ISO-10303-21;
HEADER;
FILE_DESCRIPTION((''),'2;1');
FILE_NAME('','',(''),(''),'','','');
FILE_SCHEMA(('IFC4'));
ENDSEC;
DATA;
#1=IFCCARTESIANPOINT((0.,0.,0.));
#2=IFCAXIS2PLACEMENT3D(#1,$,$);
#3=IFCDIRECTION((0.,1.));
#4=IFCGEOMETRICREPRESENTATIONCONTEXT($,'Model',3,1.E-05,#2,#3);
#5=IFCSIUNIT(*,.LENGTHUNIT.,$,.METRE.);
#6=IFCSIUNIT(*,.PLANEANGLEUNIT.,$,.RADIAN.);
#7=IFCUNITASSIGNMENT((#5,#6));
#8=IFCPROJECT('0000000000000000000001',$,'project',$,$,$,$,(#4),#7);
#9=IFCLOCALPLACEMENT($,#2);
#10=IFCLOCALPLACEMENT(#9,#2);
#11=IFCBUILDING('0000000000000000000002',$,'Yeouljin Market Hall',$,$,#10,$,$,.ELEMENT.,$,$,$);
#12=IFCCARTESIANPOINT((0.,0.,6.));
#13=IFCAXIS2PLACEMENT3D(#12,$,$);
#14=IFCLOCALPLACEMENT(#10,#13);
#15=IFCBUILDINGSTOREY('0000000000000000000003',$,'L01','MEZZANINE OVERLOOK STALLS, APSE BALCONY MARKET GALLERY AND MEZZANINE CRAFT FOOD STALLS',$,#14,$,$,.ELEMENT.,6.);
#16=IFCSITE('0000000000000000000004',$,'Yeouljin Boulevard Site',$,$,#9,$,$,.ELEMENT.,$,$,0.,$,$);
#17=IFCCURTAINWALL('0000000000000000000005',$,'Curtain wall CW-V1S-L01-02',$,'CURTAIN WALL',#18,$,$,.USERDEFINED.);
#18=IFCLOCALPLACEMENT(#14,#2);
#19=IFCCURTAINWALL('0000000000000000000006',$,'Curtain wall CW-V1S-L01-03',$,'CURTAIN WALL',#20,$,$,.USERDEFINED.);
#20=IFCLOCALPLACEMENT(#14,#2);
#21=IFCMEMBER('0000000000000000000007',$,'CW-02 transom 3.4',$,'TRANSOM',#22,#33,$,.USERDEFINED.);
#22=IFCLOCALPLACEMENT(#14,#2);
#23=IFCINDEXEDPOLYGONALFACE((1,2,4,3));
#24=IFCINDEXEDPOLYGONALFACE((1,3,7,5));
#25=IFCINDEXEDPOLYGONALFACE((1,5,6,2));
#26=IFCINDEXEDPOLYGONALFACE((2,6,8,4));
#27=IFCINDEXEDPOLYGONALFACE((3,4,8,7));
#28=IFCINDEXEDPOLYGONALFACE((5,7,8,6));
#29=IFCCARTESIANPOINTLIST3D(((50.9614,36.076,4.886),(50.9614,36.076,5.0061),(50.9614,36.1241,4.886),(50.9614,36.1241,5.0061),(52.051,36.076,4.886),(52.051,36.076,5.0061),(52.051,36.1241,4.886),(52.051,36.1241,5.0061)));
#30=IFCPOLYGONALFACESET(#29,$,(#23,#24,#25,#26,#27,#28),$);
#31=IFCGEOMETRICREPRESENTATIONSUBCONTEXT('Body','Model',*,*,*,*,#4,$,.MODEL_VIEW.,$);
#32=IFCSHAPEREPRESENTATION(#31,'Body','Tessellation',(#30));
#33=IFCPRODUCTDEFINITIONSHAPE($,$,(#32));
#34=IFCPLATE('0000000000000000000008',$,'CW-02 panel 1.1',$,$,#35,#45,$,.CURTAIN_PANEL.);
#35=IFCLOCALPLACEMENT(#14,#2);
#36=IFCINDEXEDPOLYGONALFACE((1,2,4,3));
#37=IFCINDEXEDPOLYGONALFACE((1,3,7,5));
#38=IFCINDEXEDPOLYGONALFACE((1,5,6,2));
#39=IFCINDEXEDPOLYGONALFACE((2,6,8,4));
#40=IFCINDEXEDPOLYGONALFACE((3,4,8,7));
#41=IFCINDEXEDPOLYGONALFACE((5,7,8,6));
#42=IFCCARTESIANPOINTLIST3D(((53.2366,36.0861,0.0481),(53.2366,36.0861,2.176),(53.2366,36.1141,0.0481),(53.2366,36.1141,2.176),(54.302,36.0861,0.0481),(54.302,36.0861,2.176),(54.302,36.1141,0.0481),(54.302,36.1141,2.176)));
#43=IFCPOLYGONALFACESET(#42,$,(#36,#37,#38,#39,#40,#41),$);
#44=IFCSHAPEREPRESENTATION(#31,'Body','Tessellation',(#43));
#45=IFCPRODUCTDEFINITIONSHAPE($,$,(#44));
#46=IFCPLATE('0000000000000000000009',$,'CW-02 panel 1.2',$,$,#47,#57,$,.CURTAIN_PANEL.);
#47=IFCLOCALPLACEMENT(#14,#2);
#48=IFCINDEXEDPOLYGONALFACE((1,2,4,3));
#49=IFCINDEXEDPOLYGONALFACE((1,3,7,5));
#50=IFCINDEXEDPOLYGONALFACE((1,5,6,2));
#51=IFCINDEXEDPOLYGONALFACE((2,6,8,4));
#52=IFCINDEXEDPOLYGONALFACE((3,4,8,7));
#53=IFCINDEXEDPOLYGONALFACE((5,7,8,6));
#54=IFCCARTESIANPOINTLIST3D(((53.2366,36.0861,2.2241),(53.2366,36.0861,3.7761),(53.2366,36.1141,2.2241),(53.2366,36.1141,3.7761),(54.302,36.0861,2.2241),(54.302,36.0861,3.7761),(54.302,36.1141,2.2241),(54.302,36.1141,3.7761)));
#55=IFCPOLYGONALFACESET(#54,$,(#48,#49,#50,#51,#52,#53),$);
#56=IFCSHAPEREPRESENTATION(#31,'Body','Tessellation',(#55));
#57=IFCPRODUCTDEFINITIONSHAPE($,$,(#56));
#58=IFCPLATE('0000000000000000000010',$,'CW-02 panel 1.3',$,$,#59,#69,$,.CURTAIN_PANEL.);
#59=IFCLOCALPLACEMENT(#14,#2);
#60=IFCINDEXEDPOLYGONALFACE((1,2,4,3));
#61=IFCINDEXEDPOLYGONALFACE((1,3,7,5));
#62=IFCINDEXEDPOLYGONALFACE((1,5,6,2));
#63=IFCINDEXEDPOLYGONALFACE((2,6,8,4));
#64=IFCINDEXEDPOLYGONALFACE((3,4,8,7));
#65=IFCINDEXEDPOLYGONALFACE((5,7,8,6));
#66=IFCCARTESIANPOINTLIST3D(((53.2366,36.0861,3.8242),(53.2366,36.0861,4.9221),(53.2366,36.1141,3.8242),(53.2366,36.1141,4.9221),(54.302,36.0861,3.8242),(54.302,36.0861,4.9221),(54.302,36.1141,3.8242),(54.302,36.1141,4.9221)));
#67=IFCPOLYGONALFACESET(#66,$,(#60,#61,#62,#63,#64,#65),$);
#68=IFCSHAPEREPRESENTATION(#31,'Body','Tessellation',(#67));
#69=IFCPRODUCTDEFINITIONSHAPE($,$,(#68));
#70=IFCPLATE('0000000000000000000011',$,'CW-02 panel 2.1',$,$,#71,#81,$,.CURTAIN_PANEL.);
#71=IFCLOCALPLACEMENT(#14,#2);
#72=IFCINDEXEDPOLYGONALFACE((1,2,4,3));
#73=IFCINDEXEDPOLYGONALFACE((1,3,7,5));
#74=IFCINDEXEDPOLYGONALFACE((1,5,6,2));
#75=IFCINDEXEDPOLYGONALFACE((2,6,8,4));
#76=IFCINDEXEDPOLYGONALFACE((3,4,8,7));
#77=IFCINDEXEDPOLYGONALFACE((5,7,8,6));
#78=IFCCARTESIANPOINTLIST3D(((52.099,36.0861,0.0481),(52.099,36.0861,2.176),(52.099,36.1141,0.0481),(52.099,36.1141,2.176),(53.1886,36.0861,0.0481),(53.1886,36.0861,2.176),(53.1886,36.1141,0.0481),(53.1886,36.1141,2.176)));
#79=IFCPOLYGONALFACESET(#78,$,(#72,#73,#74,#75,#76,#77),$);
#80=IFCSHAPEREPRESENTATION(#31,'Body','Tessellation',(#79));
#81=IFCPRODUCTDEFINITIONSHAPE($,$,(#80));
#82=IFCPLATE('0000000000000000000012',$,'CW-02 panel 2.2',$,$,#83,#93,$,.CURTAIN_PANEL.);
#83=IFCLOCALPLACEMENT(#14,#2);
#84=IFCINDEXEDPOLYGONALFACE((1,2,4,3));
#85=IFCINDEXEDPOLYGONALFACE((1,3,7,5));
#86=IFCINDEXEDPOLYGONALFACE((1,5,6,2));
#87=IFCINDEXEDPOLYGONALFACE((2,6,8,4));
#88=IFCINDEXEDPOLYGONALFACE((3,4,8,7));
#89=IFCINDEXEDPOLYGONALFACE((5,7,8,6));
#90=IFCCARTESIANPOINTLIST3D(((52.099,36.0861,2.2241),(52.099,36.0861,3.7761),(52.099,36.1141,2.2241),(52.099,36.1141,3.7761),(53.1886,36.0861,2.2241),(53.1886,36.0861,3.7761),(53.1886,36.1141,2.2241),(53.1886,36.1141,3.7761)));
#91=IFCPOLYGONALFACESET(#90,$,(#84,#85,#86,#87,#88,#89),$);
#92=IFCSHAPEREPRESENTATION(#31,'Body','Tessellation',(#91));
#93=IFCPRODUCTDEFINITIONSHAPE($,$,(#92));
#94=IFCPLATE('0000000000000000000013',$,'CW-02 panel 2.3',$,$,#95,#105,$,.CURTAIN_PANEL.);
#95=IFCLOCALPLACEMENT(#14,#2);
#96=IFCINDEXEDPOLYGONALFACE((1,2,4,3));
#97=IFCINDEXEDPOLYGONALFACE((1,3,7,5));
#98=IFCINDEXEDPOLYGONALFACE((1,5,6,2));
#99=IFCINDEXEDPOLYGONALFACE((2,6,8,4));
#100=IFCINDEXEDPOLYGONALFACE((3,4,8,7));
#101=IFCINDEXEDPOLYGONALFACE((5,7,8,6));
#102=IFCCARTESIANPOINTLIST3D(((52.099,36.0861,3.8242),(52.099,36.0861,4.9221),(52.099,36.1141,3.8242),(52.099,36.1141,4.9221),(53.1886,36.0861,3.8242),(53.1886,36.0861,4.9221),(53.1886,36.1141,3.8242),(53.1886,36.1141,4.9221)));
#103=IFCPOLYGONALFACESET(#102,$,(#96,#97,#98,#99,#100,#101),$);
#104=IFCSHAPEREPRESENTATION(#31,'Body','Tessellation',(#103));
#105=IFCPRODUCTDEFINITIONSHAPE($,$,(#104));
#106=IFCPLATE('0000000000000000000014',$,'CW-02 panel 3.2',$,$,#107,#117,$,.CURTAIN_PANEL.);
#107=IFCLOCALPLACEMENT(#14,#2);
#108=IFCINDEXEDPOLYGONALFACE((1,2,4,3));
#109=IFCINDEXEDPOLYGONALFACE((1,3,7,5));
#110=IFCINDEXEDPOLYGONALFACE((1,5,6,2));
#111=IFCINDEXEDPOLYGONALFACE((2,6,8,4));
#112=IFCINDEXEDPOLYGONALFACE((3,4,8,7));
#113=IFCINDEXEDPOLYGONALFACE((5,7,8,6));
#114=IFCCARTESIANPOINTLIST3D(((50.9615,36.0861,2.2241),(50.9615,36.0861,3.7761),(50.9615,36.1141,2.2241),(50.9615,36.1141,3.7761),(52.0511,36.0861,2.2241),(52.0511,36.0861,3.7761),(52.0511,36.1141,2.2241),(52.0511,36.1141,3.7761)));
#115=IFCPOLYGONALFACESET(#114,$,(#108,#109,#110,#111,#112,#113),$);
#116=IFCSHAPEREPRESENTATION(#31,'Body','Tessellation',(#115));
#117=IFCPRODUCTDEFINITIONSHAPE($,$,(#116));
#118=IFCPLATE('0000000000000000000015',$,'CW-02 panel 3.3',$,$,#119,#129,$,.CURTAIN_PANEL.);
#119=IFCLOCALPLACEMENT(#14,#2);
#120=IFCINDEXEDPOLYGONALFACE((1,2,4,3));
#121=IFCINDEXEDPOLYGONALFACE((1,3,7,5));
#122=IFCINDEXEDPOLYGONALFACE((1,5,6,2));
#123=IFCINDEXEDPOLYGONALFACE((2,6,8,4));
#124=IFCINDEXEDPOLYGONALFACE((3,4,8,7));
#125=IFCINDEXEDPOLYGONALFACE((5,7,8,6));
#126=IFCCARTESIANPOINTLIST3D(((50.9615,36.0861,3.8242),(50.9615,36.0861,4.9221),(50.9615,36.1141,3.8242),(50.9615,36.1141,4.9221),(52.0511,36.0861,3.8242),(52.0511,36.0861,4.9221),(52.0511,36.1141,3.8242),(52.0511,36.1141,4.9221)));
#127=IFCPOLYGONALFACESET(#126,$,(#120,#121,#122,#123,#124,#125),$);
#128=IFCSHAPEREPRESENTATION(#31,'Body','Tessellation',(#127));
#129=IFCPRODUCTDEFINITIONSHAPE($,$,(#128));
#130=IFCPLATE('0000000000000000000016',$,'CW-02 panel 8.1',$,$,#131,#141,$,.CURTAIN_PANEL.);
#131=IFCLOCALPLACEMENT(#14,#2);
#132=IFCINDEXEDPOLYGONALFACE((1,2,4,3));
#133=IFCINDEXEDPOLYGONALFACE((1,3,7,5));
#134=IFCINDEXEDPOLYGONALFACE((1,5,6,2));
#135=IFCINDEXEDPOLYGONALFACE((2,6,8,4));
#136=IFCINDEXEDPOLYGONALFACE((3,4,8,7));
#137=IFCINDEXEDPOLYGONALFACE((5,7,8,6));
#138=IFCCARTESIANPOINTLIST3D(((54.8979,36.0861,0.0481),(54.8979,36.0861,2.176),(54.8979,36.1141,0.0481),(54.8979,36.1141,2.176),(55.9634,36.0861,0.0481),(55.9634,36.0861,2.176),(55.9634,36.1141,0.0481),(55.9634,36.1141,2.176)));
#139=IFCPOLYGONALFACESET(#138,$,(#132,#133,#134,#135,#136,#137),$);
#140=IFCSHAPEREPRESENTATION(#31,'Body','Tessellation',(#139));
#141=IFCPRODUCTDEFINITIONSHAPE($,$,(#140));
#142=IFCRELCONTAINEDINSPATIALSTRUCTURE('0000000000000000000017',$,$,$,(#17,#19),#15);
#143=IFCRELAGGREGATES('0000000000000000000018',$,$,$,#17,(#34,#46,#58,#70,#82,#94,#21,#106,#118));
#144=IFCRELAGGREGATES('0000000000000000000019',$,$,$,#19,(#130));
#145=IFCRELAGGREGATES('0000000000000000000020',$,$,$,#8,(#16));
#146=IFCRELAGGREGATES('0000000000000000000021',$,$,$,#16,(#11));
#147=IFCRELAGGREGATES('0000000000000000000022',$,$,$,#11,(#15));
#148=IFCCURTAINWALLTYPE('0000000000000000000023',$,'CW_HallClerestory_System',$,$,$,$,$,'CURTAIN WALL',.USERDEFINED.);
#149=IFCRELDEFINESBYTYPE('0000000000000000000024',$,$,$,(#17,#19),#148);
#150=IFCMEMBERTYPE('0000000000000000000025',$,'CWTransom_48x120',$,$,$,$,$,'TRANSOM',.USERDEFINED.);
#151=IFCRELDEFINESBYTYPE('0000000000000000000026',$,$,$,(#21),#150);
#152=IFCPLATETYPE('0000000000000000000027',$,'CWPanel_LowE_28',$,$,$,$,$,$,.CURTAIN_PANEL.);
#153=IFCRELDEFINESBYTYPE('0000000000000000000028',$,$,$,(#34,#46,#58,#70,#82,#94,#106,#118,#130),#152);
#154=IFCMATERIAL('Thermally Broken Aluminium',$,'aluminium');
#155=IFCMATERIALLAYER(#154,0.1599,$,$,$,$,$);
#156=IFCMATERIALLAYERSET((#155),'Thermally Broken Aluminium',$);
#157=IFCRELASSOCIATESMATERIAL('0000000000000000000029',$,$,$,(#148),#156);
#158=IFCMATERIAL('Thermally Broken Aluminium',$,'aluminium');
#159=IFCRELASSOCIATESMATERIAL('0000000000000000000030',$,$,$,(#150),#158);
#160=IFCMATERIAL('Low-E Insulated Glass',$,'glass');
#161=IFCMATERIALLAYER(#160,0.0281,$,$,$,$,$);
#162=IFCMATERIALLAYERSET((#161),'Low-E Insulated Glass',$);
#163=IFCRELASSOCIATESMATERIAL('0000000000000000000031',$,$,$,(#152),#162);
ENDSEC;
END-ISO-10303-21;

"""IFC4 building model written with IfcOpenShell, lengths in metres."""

from ifc_helpers import new_model, si_unit, direction, frame, origin, origin_2d, place, context, subcontext, project, spatial, rectangle, extrude, material, layer, layer_set, material_profile, profile_set, type_object, element, aggregate, save


model = new_model("IFC4")

# Units and contexts
model_context = context("Model", 3, precision=1e-05, world=origin(), true_north=direction((0.0, 1.0)))
body_context = subcontext(model_context, "Body", "Model", "MODEL_VIEW")
ifc_project = project(units=[si_unit("LENGTHUNIT", "METRE"), si_unit("PLANEANGLEUNIT", "RADIAN")], contexts=[model_context])

# Site, building, storey
site_placement = place(None, origin())
site = spatial("IfcSite", under=ifc_project, at=site_placement, Name="Yeouljin Boulevard Site", CompositionType="ELEMENT", RefElevation=0.0)
building_placement = place(site_placement, origin())
building = spatial("IfcBuilding", under=site, at=building_placement, Name="Yeouljin Market Hall", CompositionType="ELEMENT")
storey_placement = place(building_placement, frame((0.0, 0.0, 6.0)))
storey = spatial("IfcBuildingStorey", under=building, at=storey_placement, Name="L01", Description="MEZZANINE OVERLOOK STALLS, APSE BALCONY MARKET GALLERY AND MEZZANINE CRAFT FOOD STALLS", CompositionType="ELEMENT", Elevation=6.0)

# Curtain wall
ifc_material_1 = material(Name="Thermally Broken Aluminium", Category="aluminium")
ifc_layer_1 = layer(ifc_material_1, 0.1599)
ifc_layer_set_1 = layer_set([ifc_layer_1], Name="Thermally Broken Aluminium")
curtain_wall_type = type_object("IfcCurtainWallType", Name="CW_HallClerestory_System", ElementType="CURTAIN WALL", PredefinedType="USERDEFINED", material=ifc_layer_set_1)
curtain_wall_1_placement = place(storey_placement, origin())
curtain_wall_1 = element("IfcCurtainWall", 1, at=curtain_wall_1_placement, inside=storey, type_object=curtain_wall_type, Name="Curtain wall CW-V1S-L01-02", ObjectType="CURTAIN WALL", PredefinedType="USERDEFINED")

# Curtain wall
curtain_wall_2_placement = place(storey_placement, origin())
curtain_wall_2 = element("IfcCurtainWall", 2, at=curtain_wall_2_placement, inside=storey, type_object=curtain_wall_type, Name="Curtain wall CW-V1S-L01-03", ObjectType="CURTAIN WALL", PredefinedType="USERDEFINED")

# Member
ifc_material_2 = material(Name="Thermally Broken Aluminium", Category="aluminium")
ifc_material_profile_1 = material_profile(ifc_material_2, rectangle(XDim=0.0481, YDim=0.1201, at=origin_2d()), Name="CW-TRAN-48x120")
ifc_profile_set_1 = profile_set([ifc_material_profile_1], Name="Thermally Broken Aluminium")
member_type_1 = type_object("IfcMemberType", Name="CWTransom_48x120", ElementType="TRANSOM", PredefinedType="USERDEFINED", material=ifc_profile_set_1)
member_1_placement = place(storey_placement, frame((52.051, 36.1001, 4.946), z_axis=(-1.0, 0.0, 0.0), x_axis=(0.0, -1.0, 0.0)))
member_1 = element("IfcMember", 3, at=member_1_placement, type_object=member_type_1, Name="CW-02 transom 3.4", ObjectType="TRANSOM", PredefinedType="USERDEFINED", context=body_context, shape_type="SweptSolid", body=[
    extrude(rectangle(XDim=0.0481, YDim=0.1201, at=origin_2d()), origin(), (0.0, 0.0, 1.0), 1.0896),
])

# Plates
ifc_material_3 = material(Name="Low-E Insulated Glass", Category="glass")
ifc_layer_2 = layer(ifc_material_3, 0.0281)
ifc_layer_set_2 = layer_set([ifc_layer_2], Name="Low-E Insulated Glass")
plate_type = type_object("IfcPlateType", Name="CWPanel_LowE_28", PredefinedType="CURTAIN_PANEL", material=ifc_layer_set_2)
plate_1_placement = place(storey_placement, frame((53.7693, 36.1001, 0.0481), z_axis=(0.0, 0.0, 1.0), x_axis=(-1.0, 0.0, 0.0)))
plate_1 = element("IfcPlate", 4, at=plate_1_placement, type_object=plate_type, Name="CW-02 panel 1.1", PredefinedType="CURTAIN_PANEL", context=body_context, shape_type="SweptSolid", body=[
    extrude(rectangle(XDim=1.0654, YDim=0.0281, at=origin_2d()), origin(), (0.0, 0.0, 1.0), 2.1279),
])
plate_2_placement = place(storey_placement, frame((53.7693, 36.1001, 2.2241), z_axis=(0.0, 0.0, 1.0), x_axis=(-1.0, 0.0, 0.0)))
plate_2 = element("IfcPlate", 5, at=plate_2_placement, type_object=plate_type, Name="CW-02 panel 1.2", PredefinedType="CURTAIN_PANEL", context=body_context, shape_type="SweptSolid", body=[
    extrude(rectangle(XDim=1.0654, YDim=0.0281, at=origin_2d()), origin(), (0.0, 0.0, 1.0), 1.552),
])
plate_3_placement = place(storey_placement, frame((53.7693, 36.1001, 3.8242), z_axis=(0.0, 0.0, 1.0), x_axis=(-1.0, 0.0, 0.0)))
plate_3 = element("IfcPlate", 6, at=plate_3_placement, type_object=plate_type, Name="CW-02 panel 1.3", PredefinedType="CURTAIN_PANEL", context=body_context, shape_type="SweptSolid", body=[
    extrude(rectangle(XDim=1.0654, YDim=0.0281, at=origin_2d()), origin(), (0.0, 0.0, 1.0), 1.0979),
])
plate_4_placement = place(storey_placement, frame((52.6438, 36.1001, 0.0481), z_axis=(0.0, 0.0, 1.0), x_axis=(-1.0, 0.0, 0.0)))
plate_4 = element("IfcPlate", 7, at=plate_4_placement, type_object=plate_type, Name="CW-02 panel 2.1", PredefinedType="CURTAIN_PANEL", context=body_context, shape_type="SweptSolid", body=[
    extrude(rectangle(XDim=1.0896, YDim=0.0281, at=origin_2d()), origin(), (0.0, 0.0, 1.0), 2.1279),
])
plate_5_placement = place(storey_placement, frame((52.6438, 36.1001, 2.2241), z_axis=(0.0, 0.0, 1.0), x_axis=(-1.0, 0.0, 0.0)))
plate_5 = element("IfcPlate", 8, at=plate_5_placement, type_object=plate_type, Name="CW-02 panel 2.2", PredefinedType="CURTAIN_PANEL", context=body_context, shape_type="SweptSolid", body=[
    extrude(rectangle(XDim=1.0896, YDim=0.0281, at=origin_2d()), origin(), (0.0, 0.0, 1.0), 1.552),
])
plate_6_placement = place(storey_placement, frame((52.6438, 36.1001, 3.8242), z_axis=(0.0, 0.0, 1.0), x_axis=(-1.0, 0.0, 0.0)))
plate_6 = element("IfcPlate", 9, at=plate_6_placement, type_object=plate_type, Name="CW-02 panel 2.3", PredefinedType="CURTAIN_PANEL", context=body_context, shape_type="SweptSolid", body=[
    extrude(rectangle(XDim=1.0896, YDim=0.0281, at=origin_2d()), origin(), (0.0, 0.0, 1.0), 1.0979),
])
plate_7_placement = place(storey_placement, frame((51.5063, 36.1001, 2.2241), z_axis=(0.0, 0.0, 1.0), x_axis=(-1.0, 0.0, 0.0)))
plate_7 = element("IfcPlate", 10, at=plate_7_placement, type_object=plate_type, Name="CW-02 panel 3.2", PredefinedType="CURTAIN_PANEL", context=body_context, shape_type="SweptSolid", body=[
    extrude(rectangle(XDim=1.0896, YDim=0.0281, at=origin_2d()), origin(), (0.0, 0.0, 1.0), 1.552),
])
plate_8_placement = place(storey_placement, frame((51.5063, 36.1001, 3.8242), z_axis=(0.0, 0.0, 1.0), x_axis=(-1.0, 0.0, 0.0)))
plate_8 = element("IfcPlate", 11, at=plate_8_placement, type_object=plate_type, Name="CW-02 panel 3.3", PredefinedType="CURTAIN_PANEL", context=body_context, shape_type="SweptSolid", body=[
    extrude(rectangle(XDim=1.0896, YDim=0.0281, at=origin_2d()), origin(), (0.0, 0.0, 1.0), 1.0979),
])
aggregate(curtain_wall_1, [plate_1, plate_2, plate_3, plate_4, plate_5, plate_6, member_1, plate_7, plate_8])
plate_9_placement = place(storey_placement, frame((55.4307, 36.1001, 0.0481), z_axis=(0.0, 0.0, 1.0), x_axis=(-1.0, 0.0, 0.0)))
plate_9 = element("IfcPlate", 12, at=plate_9_placement, type_object=plate_type, Name="CW-02 panel 8.1", PredefinedType="CURTAIN_PANEL", context=body_context, shape_type="SweptSolid", body=[
    extrude(rectangle(XDim=1.0654, YDim=0.0281, at=origin_2d()), origin(), (0.0, 0.0, 1.0), 2.1279),
])
aggregate(curtain_wall_2, [plate_9])

save(model, "model.ifc")
